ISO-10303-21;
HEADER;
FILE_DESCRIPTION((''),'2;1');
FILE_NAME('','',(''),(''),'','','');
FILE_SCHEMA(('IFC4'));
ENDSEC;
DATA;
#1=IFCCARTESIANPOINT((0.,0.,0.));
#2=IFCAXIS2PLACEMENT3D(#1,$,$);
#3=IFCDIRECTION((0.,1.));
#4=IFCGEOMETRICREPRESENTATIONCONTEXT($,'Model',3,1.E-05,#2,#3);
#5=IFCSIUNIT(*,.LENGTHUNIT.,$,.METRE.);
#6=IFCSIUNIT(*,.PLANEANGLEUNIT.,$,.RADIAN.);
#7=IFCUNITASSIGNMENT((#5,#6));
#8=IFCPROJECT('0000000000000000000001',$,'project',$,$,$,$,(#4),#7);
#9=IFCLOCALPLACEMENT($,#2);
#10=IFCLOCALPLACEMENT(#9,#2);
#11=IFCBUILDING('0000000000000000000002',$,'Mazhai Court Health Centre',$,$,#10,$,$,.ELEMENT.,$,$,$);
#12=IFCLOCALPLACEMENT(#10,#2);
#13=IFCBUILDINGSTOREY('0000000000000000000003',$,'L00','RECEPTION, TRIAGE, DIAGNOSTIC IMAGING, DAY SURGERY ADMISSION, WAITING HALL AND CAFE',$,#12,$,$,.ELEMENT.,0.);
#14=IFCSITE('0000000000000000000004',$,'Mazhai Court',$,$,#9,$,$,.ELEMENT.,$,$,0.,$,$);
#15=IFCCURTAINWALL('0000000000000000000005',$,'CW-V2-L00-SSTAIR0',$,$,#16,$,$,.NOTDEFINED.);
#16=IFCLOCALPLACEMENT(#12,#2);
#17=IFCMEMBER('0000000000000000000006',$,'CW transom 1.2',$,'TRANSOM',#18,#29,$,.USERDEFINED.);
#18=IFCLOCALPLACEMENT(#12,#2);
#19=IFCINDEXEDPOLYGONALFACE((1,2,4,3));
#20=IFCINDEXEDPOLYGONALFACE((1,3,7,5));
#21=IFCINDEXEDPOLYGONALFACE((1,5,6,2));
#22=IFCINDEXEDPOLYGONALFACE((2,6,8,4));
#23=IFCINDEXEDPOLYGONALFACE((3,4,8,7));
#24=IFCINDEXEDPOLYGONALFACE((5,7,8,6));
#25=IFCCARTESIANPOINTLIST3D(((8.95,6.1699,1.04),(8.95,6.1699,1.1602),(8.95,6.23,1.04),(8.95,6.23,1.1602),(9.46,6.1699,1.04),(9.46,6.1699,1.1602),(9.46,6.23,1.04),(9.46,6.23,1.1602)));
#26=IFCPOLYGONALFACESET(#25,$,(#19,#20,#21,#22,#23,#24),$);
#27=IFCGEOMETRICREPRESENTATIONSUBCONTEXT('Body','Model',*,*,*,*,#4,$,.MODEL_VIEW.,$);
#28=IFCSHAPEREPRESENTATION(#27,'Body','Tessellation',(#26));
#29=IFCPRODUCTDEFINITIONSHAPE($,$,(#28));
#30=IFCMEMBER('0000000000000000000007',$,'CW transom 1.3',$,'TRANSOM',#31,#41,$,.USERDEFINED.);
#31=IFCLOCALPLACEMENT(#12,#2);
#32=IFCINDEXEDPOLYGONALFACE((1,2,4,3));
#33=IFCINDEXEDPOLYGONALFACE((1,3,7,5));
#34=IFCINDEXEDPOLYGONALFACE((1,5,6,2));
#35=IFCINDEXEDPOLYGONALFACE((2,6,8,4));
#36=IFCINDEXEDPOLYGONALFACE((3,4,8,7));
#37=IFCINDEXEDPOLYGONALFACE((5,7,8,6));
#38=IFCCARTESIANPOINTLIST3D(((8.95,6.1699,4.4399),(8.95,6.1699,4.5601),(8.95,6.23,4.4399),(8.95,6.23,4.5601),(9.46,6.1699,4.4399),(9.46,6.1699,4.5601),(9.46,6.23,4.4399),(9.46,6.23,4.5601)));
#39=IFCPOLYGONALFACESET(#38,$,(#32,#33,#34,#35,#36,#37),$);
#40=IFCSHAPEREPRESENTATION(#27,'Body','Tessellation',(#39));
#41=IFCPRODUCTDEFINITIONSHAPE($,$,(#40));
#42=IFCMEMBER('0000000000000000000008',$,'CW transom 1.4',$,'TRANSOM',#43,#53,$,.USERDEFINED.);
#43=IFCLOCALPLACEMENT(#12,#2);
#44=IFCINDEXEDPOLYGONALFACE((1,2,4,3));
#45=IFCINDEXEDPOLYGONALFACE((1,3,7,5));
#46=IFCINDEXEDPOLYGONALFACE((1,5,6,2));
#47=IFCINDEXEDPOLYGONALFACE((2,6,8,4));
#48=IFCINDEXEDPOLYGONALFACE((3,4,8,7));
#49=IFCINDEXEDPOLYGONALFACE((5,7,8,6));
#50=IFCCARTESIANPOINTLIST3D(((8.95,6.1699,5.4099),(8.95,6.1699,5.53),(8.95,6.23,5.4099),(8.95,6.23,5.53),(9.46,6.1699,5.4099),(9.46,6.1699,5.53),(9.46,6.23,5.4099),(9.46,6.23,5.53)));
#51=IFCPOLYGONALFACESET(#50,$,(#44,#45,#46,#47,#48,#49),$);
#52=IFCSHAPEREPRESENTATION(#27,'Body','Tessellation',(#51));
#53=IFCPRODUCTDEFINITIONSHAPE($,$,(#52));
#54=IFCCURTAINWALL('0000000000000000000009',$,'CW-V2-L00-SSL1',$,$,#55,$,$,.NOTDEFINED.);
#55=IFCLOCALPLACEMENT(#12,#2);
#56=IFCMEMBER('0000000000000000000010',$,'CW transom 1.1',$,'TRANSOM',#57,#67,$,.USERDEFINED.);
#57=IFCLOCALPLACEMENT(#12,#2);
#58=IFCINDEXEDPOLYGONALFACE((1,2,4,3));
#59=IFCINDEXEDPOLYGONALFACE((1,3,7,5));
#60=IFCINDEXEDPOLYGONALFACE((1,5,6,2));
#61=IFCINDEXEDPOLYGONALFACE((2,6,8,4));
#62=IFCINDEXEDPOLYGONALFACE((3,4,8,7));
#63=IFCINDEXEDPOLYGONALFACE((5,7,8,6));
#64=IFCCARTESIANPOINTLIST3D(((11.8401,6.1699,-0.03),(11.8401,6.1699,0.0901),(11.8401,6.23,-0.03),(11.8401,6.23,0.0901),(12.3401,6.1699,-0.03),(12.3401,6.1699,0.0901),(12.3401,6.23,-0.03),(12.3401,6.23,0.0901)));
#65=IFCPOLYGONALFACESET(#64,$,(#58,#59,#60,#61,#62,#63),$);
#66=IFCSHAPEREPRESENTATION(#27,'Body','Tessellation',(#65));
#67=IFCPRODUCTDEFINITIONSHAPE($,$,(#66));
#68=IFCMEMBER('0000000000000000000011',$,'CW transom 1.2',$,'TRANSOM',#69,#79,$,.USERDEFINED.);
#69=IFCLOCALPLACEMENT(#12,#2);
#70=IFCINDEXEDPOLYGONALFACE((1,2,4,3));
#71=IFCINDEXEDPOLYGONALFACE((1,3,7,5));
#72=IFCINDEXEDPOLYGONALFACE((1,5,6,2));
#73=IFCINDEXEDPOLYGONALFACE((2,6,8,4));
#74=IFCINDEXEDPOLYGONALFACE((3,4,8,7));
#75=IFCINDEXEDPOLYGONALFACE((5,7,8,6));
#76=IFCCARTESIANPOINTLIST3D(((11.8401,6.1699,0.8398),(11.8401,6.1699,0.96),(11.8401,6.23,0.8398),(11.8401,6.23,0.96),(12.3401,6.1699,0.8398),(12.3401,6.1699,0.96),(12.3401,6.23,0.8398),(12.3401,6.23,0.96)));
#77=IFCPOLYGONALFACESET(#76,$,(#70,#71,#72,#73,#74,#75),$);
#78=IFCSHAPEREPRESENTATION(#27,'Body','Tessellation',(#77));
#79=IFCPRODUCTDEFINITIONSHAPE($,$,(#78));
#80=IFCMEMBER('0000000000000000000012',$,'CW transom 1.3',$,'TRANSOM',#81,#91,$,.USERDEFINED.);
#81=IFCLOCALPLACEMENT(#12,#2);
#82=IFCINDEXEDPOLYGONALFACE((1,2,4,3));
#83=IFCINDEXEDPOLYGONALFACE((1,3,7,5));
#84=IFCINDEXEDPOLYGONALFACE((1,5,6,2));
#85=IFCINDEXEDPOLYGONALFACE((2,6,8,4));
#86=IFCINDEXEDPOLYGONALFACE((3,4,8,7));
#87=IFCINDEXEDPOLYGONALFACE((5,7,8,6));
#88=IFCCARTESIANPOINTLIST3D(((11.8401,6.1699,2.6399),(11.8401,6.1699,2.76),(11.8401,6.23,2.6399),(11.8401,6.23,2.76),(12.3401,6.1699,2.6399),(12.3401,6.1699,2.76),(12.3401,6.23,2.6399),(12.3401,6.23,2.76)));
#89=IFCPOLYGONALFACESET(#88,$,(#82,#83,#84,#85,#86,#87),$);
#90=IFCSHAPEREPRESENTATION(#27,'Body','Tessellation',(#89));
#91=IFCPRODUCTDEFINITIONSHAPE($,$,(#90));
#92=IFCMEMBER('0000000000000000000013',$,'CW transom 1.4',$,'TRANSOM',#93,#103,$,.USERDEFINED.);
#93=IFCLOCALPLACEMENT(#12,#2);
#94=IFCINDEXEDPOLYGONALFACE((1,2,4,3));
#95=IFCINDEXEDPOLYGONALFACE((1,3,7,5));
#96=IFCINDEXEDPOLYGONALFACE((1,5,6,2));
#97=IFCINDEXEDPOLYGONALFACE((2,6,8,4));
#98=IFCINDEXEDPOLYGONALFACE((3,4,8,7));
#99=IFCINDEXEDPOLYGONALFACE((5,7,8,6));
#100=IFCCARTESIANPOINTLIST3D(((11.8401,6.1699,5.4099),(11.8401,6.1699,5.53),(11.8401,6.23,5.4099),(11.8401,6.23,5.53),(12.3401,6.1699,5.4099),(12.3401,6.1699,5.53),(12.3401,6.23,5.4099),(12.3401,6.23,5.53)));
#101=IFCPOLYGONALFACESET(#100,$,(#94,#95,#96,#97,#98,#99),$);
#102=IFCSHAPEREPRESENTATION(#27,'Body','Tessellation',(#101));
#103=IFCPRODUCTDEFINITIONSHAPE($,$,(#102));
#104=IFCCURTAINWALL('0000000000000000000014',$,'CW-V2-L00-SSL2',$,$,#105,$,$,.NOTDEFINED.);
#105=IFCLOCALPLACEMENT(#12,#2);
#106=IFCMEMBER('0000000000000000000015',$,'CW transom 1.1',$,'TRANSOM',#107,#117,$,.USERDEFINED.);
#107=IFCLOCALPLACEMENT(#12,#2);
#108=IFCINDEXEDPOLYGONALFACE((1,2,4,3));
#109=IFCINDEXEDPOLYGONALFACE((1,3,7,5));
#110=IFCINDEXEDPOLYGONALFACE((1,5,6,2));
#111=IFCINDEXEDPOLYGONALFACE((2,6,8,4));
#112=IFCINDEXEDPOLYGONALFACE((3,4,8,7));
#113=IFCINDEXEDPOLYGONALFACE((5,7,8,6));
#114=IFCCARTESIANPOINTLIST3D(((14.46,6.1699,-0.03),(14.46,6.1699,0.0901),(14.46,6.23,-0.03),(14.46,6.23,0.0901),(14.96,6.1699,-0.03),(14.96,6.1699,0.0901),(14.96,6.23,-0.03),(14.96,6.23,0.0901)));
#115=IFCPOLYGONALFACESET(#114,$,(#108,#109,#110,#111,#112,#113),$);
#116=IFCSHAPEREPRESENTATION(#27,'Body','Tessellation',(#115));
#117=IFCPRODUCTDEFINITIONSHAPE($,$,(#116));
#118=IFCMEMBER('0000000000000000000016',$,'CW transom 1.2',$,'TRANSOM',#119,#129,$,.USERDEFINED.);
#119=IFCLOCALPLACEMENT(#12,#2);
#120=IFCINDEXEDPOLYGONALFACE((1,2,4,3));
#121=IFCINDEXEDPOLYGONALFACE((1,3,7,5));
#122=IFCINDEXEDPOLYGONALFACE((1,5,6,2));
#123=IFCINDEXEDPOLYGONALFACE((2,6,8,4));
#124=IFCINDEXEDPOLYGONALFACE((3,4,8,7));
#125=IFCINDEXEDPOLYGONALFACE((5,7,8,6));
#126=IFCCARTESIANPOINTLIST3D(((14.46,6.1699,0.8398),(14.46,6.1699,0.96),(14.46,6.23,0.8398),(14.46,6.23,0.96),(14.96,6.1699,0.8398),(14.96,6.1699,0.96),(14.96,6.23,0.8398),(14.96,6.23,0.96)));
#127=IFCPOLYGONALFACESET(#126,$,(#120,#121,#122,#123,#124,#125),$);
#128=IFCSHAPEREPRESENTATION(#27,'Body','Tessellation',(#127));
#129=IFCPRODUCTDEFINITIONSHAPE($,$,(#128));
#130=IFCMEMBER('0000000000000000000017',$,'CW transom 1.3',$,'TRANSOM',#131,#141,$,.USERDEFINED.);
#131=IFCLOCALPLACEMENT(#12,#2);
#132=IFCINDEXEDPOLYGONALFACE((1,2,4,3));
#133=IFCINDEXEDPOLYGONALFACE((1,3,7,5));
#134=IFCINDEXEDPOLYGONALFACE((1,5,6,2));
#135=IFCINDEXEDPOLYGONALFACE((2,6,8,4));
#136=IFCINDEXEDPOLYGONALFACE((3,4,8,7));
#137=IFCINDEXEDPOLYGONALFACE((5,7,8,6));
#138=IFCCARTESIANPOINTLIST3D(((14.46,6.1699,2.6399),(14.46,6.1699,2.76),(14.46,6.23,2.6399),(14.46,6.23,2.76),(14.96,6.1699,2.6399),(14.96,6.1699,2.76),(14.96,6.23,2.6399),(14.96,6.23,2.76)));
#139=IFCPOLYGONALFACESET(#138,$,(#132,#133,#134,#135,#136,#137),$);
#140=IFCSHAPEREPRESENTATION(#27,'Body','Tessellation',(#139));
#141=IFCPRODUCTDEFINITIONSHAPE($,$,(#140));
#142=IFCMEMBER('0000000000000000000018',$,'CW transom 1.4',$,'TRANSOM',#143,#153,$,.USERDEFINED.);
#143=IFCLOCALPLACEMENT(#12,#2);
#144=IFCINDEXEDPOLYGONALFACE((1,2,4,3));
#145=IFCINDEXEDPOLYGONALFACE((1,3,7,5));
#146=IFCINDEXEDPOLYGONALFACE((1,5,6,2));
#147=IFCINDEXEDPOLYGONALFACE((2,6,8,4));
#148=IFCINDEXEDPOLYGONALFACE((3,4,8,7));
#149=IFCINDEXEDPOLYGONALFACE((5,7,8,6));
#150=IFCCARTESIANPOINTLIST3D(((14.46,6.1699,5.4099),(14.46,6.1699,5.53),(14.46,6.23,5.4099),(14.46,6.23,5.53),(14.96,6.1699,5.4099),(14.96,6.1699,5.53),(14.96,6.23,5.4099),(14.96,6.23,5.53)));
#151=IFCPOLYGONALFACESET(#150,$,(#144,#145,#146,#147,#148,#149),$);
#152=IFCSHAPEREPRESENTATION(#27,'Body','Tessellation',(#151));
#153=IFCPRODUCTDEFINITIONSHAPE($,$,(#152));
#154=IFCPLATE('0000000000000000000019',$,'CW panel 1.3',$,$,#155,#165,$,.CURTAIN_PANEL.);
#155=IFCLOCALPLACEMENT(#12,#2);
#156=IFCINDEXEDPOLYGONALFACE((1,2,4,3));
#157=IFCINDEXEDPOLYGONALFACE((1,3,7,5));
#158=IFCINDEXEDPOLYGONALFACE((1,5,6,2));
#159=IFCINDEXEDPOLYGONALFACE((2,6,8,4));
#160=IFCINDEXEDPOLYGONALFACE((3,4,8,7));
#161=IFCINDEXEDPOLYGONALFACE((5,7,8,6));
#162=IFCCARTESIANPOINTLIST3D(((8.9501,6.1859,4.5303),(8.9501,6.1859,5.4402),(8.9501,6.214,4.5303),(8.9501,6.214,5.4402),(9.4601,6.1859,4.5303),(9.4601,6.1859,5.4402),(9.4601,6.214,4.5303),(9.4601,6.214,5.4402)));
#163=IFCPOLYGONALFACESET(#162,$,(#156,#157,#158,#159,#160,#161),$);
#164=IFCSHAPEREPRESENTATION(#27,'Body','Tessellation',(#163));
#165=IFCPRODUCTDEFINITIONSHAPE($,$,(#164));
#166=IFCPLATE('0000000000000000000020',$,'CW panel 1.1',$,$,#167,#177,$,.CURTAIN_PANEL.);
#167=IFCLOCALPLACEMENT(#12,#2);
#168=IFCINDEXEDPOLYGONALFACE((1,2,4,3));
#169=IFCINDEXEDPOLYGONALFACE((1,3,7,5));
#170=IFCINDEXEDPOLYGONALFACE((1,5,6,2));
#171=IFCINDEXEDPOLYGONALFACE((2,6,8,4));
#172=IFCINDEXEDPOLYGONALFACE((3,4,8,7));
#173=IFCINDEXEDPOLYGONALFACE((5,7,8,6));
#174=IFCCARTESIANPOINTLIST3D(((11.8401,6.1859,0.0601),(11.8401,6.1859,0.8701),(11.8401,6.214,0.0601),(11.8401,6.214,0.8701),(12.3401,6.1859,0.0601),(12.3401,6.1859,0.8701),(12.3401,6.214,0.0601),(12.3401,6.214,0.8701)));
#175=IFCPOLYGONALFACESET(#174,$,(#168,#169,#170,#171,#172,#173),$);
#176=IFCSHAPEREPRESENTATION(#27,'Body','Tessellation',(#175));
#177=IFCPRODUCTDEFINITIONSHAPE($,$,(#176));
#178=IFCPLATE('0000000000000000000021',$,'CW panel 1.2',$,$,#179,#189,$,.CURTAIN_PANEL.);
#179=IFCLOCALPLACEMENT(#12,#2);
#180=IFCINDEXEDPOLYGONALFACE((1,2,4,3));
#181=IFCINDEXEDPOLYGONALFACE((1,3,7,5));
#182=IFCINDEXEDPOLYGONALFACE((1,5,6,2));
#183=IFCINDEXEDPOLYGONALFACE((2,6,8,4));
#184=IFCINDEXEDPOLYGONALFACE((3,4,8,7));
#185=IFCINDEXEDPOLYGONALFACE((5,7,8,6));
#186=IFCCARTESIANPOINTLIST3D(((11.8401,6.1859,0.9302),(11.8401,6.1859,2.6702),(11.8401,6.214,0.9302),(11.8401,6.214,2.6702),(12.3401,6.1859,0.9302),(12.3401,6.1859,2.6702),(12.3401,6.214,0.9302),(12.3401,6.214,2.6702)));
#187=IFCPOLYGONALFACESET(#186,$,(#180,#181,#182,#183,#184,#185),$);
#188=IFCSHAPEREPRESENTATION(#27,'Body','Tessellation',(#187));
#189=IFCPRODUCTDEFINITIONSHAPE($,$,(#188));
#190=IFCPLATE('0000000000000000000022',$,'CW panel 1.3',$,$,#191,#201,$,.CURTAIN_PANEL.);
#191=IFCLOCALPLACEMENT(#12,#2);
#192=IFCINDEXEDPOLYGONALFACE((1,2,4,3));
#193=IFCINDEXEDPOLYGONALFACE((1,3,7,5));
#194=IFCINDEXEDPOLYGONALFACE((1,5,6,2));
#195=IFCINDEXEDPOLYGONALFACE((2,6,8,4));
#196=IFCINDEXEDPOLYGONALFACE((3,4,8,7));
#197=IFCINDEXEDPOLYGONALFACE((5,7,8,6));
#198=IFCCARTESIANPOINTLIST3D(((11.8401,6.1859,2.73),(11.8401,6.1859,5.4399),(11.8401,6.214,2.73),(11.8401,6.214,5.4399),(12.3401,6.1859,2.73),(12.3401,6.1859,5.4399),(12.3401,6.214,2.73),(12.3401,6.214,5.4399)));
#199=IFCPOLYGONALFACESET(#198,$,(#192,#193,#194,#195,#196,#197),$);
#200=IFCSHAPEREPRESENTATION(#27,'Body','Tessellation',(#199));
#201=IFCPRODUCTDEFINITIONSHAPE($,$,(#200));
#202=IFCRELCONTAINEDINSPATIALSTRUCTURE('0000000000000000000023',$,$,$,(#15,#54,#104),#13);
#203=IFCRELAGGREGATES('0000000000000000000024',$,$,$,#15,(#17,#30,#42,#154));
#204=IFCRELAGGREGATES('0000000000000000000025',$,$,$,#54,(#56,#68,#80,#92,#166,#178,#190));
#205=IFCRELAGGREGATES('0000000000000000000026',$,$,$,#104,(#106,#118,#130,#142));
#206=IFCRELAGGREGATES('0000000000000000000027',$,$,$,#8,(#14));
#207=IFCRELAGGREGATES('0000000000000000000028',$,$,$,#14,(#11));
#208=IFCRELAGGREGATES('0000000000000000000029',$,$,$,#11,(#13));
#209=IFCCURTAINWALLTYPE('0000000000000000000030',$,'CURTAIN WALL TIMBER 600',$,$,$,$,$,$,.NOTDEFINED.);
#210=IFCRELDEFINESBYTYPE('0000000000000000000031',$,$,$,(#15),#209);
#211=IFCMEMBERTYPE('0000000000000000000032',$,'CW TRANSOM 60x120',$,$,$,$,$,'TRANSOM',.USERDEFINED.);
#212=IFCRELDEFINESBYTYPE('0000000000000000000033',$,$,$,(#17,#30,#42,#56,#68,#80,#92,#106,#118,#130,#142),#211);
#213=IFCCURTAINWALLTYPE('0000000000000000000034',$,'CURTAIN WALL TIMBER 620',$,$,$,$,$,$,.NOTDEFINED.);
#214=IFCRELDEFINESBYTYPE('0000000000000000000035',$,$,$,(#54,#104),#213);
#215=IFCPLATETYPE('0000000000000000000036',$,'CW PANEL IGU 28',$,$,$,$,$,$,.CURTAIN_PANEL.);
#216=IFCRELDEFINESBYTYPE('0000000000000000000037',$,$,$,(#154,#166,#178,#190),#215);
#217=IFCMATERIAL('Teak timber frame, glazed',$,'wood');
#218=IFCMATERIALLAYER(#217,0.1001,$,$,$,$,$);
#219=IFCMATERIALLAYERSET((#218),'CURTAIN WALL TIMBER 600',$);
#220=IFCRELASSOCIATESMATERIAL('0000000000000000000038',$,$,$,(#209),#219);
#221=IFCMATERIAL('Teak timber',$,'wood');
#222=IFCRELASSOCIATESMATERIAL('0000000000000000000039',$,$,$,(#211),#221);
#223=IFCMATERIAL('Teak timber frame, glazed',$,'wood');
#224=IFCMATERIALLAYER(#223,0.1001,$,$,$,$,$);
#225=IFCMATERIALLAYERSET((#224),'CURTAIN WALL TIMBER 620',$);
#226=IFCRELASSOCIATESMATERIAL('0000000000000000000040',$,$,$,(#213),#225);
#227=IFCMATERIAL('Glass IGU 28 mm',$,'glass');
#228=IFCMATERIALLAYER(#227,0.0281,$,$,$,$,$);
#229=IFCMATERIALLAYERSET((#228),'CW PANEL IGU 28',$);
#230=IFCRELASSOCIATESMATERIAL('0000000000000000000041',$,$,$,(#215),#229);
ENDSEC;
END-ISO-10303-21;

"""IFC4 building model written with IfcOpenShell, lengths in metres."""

from ifc_helpers import new_model, si_unit, direction, frame, origin, origin_2d, place, context, subcontext, project, spatial, rectangle, extrude, material, layer, layer_set, material_profile, profile_set, type_object, element, aggregate, save


model = new_model("IFC4")

# Units and contexts
model_context = context("Model", 3, precision=1e-05, world=origin(), true_north=direction((0.0, 1.0)))
body_context = subcontext(model_context, "Body", "Model", "MODEL_VIEW")
ifc_project = project(units=[si_unit("LENGTHUNIT", "METRE"), si_unit("PLANEANGLEUNIT", "RADIAN")], contexts=[model_context])

# Site, building, storey
site_placement = place(None, origin())
site = spatial("IfcSite", under=ifc_project, at=site_placement, Name="Mazhai Court", CompositionType="ELEMENT", RefElevation=0.0)
building_placement = place(site_placement, origin())
building = spatial("IfcBuilding", under=site, at=building_placement, Name="Mazhai Court Health Centre", CompositionType="ELEMENT")
storey_placement = place(building_placement, origin())
storey = spatial("IfcBuildingStorey", under=building, at=storey_placement, Name="L00", Description="RECEPTION, TRIAGE, DIAGNOSTIC IMAGING, DAY SURGERY ADMISSION, WAITING HALL AND CAFE", CompositionType="ELEMENT", Elevation=0.0)

# Curtain walls, members
ifc_material_1 = material(Name="Teak timber frame, glazed", Category="wood")
ifc_layer_1 = layer(ifc_material_1, 0.1001)
ifc_layer_set_1 = layer_set([ifc_layer_1], Name="CURTAIN WALL TIMBER 600")
curtain_wall_type_1 = type_object("IfcCurtainWallType", Name="CURTAIN WALL TIMBER 600", PredefinedType="NOTDEFINED", material=ifc_layer_set_1)
curtain_wall_1_placement = place(storey_placement, origin())
curtain_wall_1 = element("IfcCurtainWall", 1, at=curtain_wall_1_placement, inside=storey, type_object=curtain_wall_type_1, Name="CW-V2-L00-SSTAIR0", PredefinedType="NOTDEFINED")
ifc_material_2 = material(Name="Teak timber", Category="wood")
ifc_material_profile = material_profile(ifc_material_2, rectangle(XDim=0.0601, YDim=0.1201, at=origin_2d()), Name="CW TRANSOM 60x120")
ifc_profile_set = profile_set([ifc_material_profile], Name="Teak timber")
member_type = type_object("IfcMemberType", Name="CW TRANSOM 60x120", ElementType="TRANSOM", PredefinedType="USERDEFINED", material=ifc_profile_set)
member_1_placement = place(storey_placement, frame((9.46, 6.2, 1.1001), z_axis=(-1.0, 0.0, 0.0), x_axis=(0.0, -1.0, 0.0)))
member_1 = element("IfcMember", 2, at=member_1_placement, type_object=member_type, Name="CW transom 1.2", ObjectType="TRANSOM", PredefinedType="USERDEFINED", context=body_context, shape_type="SweptSolid", body=[
    extrude(rectangle(XDim=0.0601, YDim=0.1201, at=origin_2d()), origin(), (0.0, 0.0, 1.0), 0.51),
])
member_2_placement = place(storey_placement, frame((9.46, 6.2, 4.5), z_axis=(-1.0, 0.0, 0.0), x_axis=(0.0, -1.0, 0.0)))
member_2 = element("IfcMember", 3, at=member_2_placement, type_object=member_type, Name="CW transom 1.3", ObjectType="TRANSOM", PredefinedType="USERDEFINED", context=body_context, shape_type="SweptSolid", body=[
    extrude(rectangle(XDim=0.0601, YDim=0.1201, at=origin_2d()), origin(), (0.0, 0.0, 1.0), 0.51),
])
member_3_placement = place(storey_placement, frame((9.46, 6.2, 5.47), z_axis=(-1.0, 0.0, 0.0), x_axis=(0.0, -1.0, 0.0)))
member_3 = element("IfcMember", 4, at=member_3_placement, type_object=member_type, Name="CW transom 1.4", ObjectType="TRANSOM", PredefinedType="USERDEFINED", context=body_context, shape_type="SweptSolid", body=[
    extrude(rectangle(XDim=0.0601, YDim=0.1201, at=origin_2d()), origin(), (0.0, 0.0, 1.0), 0.51),
])
ifc_material_3 = material(Name="Teak timber frame, glazed", Category="wood")
ifc_layer_2 = layer(ifc_material_3, 0.1001)
ifc_layer_set_2 = layer_set([ifc_layer_2], Name="CURTAIN WALL TIMBER 620")
curtain_wall_type_2 = type_object("IfcCurtainWallType", Name="CURTAIN WALL TIMBER 620", PredefinedType="NOTDEFINED", material=ifc_layer_set_2)
curtain_wall_2_placement = place(storey_placement, origin())
curtain_wall_2 = element("IfcCurtainWall", 5, at=curtain_wall_2_placement, inside=storey, type_object=curtain_wall_type_2, Name="CW-V2-L00-SSL1", PredefinedType="NOTDEFINED")
member_4_placement = place(storey_placement, frame((12.3401, 6.2, 0.03), z_axis=(-1.0, 0.0, 0.0), x_axis=(0.0, -1.0, 0.0)))
member_4 = element("IfcMember", 6, at=member_4_placement, type_object=member_type, Name="CW transom 1.1", ObjectType="TRANSOM", PredefinedType="USERDEFINED", context=body_context, shape_type="SweptSolid", body=[
    extrude(rectangle(XDim=0.0601, YDim=0.1201, at=origin_2d()), origin(), (0.0, 0.0, 1.0), 0.5),
])
member_5_placement = place(storey_placement, frame((12.3401, 6.2, 0.8999), z_axis=(-1.0, 0.0, 0.0), x_axis=(0.0, -1.0, 0.0)))
member_5 = element("IfcMember", 7, at=member_5_placement, type_object=member_type, Name="CW transom 1.2", ObjectType="TRANSOM", PredefinedType="USERDEFINED", context=body_context, shape_type="SweptSolid", body=[
    extrude(rectangle(XDim=0.0601, YDim=0.1201, at=origin_2d()), origin(), (0.0, 0.0, 1.0), 0.5),
])
member_6_placement = place(storey_placement, frame((12.3401, 6.2, 2.7), z_axis=(-1.0, 0.0, 0.0), x_axis=(0.0, -1.0, 0.0)))
member_6 = element("IfcMember", 8, at=member_6_placement, type_object=member_type, Name="CW transom 1.3", ObjectType="TRANSOM", PredefinedType="USERDEFINED", context=body_context, shape_type="SweptSolid", body=[
    extrude(rectangle(XDim=0.0601, YDim=0.1201, at=origin_2d()), origin(), (0.0, 0.0, 1.0), 0.5),
])
member_7_placement = place(storey_placement, frame((12.3401, 6.2, 5.47), z_axis=(-1.0, 0.0, 0.0), x_axis=(0.0, -1.0, 0.0)))
member_7 = element("IfcMember", 9, at=member_7_placement, type_object=member_type, Name="CW transom 1.4", ObjectType="TRANSOM", PredefinedType="USERDEFINED", context=body_context, shape_type="SweptSolid", body=[
    extrude(rectangle(XDim=0.0601, YDim=0.1201, at=origin_2d()), origin(), (0.0, 0.0, 1.0), 0.5),
])
curtain_wall_3_placement = place(storey_placement, origin())
curtain_wall_3 = element("IfcCurtainWall", 10, at=curtain_wall_3_placement, inside=storey, type_object=curtain_wall_type_2, Name="CW-V2-L00-SSL2", PredefinedType="NOTDEFINED")
member_8_placement = place(storey_placement, frame((14.96, 6.2, 0.03), z_axis=(-1.0, 0.0, 0.0), x_axis=(0.0, -1.0, 0.0)))
member_8 = element("IfcMember", 11, at=member_8_placement, type_object=member_type, Name="CW transom 1.1", ObjectType="TRANSOM", PredefinedType="USERDEFINED", context=body_context, shape_type="SweptSolid", body=[
    extrude(rectangle(XDim=0.0601, YDim=0.1201, at=origin_2d()), origin(), (0.0, 0.0, 1.0), 0.5),
])
member_9_placement = place(storey_placement, frame((14.96, 6.2, 0.8999), z_axis=(-1.0, 0.0, 0.0), x_axis=(0.0, -1.0, 0.0)))
member_9 = element("IfcMember", 12, at=member_9_placement, type_object=member_type, Name="CW transom 1.2", ObjectType="TRANSOM", PredefinedType="USERDEFINED", context=body_context, shape_type="SweptSolid", body=[
    extrude(rectangle(XDim=0.0601, YDim=0.1201, at=origin_2d()), origin(), (0.0, 0.0, 1.0), 0.5),
])
member_10_placement = place(storey_placement, frame((14.96, 6.2, 2.7), z_axis=(-1.0, 0.0, 0.0), x_axis=(0.0, -1.0, 0.0)))
member_10 = element("IfcMember", 13, at=member_10_placement, type_object=member_type, Name="CW transom 1.3", ObjectType="TRANSOM", PredefinedType="USERDEFINED", context=body_context, shape_type="SweptSolid", body=[
    extrude(rectangle(XDim=0.0601, YDim=0.1201, at=origin_2d()), origin(), (0.0, 0.0, 1.0), 0.5),
])
member_11_placement = place(storey_placement, frame((14.96, 6.2, 5.47), z_axis=(-1.0, 0.0, 0.0), x_axis=(0.0, -1.0, 0.0)))
member_11 = element("IfcMember", 14, at=member_11_placement, type_object=member_type, Name="CW transom 1.4", ObjectType="TRANSOM", PredefinedType="USERDEFINED", context=body_context, shape_type="SweptSolid", body=[
    extrude(rectangle(XDim=0.0601, YDim=0.1201, at=origin_2d()), origin(), (0.0, 0.0, 1.0), 0.5),
])

# Plates
ifc_material_4 = material(Name="Glass IGU 28 mm", Category="glass")
ifc_layer_3 = layer(ifc_material_4, 0.0281)
ifc_layer_set_3 = layer_set([ifc_layer_3], Name="CW PANEL IGU 28")
plate_type = type_object("IfcPlateType", Name="CW PANEL IGU 28", PredefinedType="CURTAIN_PANEL", material=ifc_layer_set_3)
plate_1_placement = place(storey_placement, frame((9.2051, 6.2, 4.5303), z_axis=(0.0, 0.0, 1.0), x_axis=(-1.0, 0.0, 0.0)))
plate_1 = element("IfcPlate", 15, at=plate_1_placement, type_object=plate_type, Name="CW panel 1.3", PredefinedType="CURTAIN_PANEL", context=body_context, shape_type="SweptSolid", body=[
    extrude(rectangle(XDim=0.51, YDim=0.0281, at=origin_2d()), origin(), (0.0, 0.0, 1.0), 0.9099),
])
aggregate(curtain_wall_1, [member_1, member_2, member_3, plate_1])
plate_2_placement = place(storey_placement, frame((12.0901, 6.2, 0.0601), z_axis=(0.0, 0.0, 1.0), x_axis=(-1.0, 0.0, 0.0)))
plate_2 = element("IfcPlate", 16, at=plate_2_placement, type_object=plate_type, Name="CW panel 1.1", PredefinedType="CURTAIN_PANEL", context=body_context, shape_type="SweptSolid", body=[
    extrude(rectangle(XDim=0.5, YDim=0.0281, at=origin_2d()), origin(), (0.0, 0.0, 1.0), 0.8101),
])
plate_3_placement = place(storey_placement, frame((12.0901, 6.2, 0.9302), z_axis=(0.0, 0.0, 1.0), x_axis=(-1.0, 0.0, 0.0)))
plate_3 = element("IfcPlate", 17, at=plate_3_placement, type_object=plate_type, Name="CW panel 1.2", PredefinedType="CURTAIN_PANEL", context=body_context, shape_type="SweptSolid", body=[
    extrude(rectangle(XDim=0.5, YDim=0.0281, at=origin_2d()), origin(), (0.0, 0.0, 1.0), 1.74),
])
plate_4_placement = place(storey_placement, frame((12.0901, 6.2, 2.73), z_axis=(0.0, 0.0, 1.0), x_axis=(-1.0, 0.0, 0.0)))
plate_4 = element("IfcPlate", 18, at=plate_4_placement, type_object=plate_type, Name="CW panel 1.3", PredefinedType="CURTAIN_PANEL", context=body_context, shape_type="SweptSolid", body=[
    extrude(rectangle(XDim=0.5, YDim=0.0281, at=origin_2d()), origin(), (0.0, 0.0, 1.0), 2.71),
])
aggregate(curtain_wall_2, [member_4, member_5, member_6, member_7, plate_2, plate_3, plate_4])
aggregate(curtain_wall_3, [member_8, member_9, member_10, member_11])

save(model, "model.ifc")
